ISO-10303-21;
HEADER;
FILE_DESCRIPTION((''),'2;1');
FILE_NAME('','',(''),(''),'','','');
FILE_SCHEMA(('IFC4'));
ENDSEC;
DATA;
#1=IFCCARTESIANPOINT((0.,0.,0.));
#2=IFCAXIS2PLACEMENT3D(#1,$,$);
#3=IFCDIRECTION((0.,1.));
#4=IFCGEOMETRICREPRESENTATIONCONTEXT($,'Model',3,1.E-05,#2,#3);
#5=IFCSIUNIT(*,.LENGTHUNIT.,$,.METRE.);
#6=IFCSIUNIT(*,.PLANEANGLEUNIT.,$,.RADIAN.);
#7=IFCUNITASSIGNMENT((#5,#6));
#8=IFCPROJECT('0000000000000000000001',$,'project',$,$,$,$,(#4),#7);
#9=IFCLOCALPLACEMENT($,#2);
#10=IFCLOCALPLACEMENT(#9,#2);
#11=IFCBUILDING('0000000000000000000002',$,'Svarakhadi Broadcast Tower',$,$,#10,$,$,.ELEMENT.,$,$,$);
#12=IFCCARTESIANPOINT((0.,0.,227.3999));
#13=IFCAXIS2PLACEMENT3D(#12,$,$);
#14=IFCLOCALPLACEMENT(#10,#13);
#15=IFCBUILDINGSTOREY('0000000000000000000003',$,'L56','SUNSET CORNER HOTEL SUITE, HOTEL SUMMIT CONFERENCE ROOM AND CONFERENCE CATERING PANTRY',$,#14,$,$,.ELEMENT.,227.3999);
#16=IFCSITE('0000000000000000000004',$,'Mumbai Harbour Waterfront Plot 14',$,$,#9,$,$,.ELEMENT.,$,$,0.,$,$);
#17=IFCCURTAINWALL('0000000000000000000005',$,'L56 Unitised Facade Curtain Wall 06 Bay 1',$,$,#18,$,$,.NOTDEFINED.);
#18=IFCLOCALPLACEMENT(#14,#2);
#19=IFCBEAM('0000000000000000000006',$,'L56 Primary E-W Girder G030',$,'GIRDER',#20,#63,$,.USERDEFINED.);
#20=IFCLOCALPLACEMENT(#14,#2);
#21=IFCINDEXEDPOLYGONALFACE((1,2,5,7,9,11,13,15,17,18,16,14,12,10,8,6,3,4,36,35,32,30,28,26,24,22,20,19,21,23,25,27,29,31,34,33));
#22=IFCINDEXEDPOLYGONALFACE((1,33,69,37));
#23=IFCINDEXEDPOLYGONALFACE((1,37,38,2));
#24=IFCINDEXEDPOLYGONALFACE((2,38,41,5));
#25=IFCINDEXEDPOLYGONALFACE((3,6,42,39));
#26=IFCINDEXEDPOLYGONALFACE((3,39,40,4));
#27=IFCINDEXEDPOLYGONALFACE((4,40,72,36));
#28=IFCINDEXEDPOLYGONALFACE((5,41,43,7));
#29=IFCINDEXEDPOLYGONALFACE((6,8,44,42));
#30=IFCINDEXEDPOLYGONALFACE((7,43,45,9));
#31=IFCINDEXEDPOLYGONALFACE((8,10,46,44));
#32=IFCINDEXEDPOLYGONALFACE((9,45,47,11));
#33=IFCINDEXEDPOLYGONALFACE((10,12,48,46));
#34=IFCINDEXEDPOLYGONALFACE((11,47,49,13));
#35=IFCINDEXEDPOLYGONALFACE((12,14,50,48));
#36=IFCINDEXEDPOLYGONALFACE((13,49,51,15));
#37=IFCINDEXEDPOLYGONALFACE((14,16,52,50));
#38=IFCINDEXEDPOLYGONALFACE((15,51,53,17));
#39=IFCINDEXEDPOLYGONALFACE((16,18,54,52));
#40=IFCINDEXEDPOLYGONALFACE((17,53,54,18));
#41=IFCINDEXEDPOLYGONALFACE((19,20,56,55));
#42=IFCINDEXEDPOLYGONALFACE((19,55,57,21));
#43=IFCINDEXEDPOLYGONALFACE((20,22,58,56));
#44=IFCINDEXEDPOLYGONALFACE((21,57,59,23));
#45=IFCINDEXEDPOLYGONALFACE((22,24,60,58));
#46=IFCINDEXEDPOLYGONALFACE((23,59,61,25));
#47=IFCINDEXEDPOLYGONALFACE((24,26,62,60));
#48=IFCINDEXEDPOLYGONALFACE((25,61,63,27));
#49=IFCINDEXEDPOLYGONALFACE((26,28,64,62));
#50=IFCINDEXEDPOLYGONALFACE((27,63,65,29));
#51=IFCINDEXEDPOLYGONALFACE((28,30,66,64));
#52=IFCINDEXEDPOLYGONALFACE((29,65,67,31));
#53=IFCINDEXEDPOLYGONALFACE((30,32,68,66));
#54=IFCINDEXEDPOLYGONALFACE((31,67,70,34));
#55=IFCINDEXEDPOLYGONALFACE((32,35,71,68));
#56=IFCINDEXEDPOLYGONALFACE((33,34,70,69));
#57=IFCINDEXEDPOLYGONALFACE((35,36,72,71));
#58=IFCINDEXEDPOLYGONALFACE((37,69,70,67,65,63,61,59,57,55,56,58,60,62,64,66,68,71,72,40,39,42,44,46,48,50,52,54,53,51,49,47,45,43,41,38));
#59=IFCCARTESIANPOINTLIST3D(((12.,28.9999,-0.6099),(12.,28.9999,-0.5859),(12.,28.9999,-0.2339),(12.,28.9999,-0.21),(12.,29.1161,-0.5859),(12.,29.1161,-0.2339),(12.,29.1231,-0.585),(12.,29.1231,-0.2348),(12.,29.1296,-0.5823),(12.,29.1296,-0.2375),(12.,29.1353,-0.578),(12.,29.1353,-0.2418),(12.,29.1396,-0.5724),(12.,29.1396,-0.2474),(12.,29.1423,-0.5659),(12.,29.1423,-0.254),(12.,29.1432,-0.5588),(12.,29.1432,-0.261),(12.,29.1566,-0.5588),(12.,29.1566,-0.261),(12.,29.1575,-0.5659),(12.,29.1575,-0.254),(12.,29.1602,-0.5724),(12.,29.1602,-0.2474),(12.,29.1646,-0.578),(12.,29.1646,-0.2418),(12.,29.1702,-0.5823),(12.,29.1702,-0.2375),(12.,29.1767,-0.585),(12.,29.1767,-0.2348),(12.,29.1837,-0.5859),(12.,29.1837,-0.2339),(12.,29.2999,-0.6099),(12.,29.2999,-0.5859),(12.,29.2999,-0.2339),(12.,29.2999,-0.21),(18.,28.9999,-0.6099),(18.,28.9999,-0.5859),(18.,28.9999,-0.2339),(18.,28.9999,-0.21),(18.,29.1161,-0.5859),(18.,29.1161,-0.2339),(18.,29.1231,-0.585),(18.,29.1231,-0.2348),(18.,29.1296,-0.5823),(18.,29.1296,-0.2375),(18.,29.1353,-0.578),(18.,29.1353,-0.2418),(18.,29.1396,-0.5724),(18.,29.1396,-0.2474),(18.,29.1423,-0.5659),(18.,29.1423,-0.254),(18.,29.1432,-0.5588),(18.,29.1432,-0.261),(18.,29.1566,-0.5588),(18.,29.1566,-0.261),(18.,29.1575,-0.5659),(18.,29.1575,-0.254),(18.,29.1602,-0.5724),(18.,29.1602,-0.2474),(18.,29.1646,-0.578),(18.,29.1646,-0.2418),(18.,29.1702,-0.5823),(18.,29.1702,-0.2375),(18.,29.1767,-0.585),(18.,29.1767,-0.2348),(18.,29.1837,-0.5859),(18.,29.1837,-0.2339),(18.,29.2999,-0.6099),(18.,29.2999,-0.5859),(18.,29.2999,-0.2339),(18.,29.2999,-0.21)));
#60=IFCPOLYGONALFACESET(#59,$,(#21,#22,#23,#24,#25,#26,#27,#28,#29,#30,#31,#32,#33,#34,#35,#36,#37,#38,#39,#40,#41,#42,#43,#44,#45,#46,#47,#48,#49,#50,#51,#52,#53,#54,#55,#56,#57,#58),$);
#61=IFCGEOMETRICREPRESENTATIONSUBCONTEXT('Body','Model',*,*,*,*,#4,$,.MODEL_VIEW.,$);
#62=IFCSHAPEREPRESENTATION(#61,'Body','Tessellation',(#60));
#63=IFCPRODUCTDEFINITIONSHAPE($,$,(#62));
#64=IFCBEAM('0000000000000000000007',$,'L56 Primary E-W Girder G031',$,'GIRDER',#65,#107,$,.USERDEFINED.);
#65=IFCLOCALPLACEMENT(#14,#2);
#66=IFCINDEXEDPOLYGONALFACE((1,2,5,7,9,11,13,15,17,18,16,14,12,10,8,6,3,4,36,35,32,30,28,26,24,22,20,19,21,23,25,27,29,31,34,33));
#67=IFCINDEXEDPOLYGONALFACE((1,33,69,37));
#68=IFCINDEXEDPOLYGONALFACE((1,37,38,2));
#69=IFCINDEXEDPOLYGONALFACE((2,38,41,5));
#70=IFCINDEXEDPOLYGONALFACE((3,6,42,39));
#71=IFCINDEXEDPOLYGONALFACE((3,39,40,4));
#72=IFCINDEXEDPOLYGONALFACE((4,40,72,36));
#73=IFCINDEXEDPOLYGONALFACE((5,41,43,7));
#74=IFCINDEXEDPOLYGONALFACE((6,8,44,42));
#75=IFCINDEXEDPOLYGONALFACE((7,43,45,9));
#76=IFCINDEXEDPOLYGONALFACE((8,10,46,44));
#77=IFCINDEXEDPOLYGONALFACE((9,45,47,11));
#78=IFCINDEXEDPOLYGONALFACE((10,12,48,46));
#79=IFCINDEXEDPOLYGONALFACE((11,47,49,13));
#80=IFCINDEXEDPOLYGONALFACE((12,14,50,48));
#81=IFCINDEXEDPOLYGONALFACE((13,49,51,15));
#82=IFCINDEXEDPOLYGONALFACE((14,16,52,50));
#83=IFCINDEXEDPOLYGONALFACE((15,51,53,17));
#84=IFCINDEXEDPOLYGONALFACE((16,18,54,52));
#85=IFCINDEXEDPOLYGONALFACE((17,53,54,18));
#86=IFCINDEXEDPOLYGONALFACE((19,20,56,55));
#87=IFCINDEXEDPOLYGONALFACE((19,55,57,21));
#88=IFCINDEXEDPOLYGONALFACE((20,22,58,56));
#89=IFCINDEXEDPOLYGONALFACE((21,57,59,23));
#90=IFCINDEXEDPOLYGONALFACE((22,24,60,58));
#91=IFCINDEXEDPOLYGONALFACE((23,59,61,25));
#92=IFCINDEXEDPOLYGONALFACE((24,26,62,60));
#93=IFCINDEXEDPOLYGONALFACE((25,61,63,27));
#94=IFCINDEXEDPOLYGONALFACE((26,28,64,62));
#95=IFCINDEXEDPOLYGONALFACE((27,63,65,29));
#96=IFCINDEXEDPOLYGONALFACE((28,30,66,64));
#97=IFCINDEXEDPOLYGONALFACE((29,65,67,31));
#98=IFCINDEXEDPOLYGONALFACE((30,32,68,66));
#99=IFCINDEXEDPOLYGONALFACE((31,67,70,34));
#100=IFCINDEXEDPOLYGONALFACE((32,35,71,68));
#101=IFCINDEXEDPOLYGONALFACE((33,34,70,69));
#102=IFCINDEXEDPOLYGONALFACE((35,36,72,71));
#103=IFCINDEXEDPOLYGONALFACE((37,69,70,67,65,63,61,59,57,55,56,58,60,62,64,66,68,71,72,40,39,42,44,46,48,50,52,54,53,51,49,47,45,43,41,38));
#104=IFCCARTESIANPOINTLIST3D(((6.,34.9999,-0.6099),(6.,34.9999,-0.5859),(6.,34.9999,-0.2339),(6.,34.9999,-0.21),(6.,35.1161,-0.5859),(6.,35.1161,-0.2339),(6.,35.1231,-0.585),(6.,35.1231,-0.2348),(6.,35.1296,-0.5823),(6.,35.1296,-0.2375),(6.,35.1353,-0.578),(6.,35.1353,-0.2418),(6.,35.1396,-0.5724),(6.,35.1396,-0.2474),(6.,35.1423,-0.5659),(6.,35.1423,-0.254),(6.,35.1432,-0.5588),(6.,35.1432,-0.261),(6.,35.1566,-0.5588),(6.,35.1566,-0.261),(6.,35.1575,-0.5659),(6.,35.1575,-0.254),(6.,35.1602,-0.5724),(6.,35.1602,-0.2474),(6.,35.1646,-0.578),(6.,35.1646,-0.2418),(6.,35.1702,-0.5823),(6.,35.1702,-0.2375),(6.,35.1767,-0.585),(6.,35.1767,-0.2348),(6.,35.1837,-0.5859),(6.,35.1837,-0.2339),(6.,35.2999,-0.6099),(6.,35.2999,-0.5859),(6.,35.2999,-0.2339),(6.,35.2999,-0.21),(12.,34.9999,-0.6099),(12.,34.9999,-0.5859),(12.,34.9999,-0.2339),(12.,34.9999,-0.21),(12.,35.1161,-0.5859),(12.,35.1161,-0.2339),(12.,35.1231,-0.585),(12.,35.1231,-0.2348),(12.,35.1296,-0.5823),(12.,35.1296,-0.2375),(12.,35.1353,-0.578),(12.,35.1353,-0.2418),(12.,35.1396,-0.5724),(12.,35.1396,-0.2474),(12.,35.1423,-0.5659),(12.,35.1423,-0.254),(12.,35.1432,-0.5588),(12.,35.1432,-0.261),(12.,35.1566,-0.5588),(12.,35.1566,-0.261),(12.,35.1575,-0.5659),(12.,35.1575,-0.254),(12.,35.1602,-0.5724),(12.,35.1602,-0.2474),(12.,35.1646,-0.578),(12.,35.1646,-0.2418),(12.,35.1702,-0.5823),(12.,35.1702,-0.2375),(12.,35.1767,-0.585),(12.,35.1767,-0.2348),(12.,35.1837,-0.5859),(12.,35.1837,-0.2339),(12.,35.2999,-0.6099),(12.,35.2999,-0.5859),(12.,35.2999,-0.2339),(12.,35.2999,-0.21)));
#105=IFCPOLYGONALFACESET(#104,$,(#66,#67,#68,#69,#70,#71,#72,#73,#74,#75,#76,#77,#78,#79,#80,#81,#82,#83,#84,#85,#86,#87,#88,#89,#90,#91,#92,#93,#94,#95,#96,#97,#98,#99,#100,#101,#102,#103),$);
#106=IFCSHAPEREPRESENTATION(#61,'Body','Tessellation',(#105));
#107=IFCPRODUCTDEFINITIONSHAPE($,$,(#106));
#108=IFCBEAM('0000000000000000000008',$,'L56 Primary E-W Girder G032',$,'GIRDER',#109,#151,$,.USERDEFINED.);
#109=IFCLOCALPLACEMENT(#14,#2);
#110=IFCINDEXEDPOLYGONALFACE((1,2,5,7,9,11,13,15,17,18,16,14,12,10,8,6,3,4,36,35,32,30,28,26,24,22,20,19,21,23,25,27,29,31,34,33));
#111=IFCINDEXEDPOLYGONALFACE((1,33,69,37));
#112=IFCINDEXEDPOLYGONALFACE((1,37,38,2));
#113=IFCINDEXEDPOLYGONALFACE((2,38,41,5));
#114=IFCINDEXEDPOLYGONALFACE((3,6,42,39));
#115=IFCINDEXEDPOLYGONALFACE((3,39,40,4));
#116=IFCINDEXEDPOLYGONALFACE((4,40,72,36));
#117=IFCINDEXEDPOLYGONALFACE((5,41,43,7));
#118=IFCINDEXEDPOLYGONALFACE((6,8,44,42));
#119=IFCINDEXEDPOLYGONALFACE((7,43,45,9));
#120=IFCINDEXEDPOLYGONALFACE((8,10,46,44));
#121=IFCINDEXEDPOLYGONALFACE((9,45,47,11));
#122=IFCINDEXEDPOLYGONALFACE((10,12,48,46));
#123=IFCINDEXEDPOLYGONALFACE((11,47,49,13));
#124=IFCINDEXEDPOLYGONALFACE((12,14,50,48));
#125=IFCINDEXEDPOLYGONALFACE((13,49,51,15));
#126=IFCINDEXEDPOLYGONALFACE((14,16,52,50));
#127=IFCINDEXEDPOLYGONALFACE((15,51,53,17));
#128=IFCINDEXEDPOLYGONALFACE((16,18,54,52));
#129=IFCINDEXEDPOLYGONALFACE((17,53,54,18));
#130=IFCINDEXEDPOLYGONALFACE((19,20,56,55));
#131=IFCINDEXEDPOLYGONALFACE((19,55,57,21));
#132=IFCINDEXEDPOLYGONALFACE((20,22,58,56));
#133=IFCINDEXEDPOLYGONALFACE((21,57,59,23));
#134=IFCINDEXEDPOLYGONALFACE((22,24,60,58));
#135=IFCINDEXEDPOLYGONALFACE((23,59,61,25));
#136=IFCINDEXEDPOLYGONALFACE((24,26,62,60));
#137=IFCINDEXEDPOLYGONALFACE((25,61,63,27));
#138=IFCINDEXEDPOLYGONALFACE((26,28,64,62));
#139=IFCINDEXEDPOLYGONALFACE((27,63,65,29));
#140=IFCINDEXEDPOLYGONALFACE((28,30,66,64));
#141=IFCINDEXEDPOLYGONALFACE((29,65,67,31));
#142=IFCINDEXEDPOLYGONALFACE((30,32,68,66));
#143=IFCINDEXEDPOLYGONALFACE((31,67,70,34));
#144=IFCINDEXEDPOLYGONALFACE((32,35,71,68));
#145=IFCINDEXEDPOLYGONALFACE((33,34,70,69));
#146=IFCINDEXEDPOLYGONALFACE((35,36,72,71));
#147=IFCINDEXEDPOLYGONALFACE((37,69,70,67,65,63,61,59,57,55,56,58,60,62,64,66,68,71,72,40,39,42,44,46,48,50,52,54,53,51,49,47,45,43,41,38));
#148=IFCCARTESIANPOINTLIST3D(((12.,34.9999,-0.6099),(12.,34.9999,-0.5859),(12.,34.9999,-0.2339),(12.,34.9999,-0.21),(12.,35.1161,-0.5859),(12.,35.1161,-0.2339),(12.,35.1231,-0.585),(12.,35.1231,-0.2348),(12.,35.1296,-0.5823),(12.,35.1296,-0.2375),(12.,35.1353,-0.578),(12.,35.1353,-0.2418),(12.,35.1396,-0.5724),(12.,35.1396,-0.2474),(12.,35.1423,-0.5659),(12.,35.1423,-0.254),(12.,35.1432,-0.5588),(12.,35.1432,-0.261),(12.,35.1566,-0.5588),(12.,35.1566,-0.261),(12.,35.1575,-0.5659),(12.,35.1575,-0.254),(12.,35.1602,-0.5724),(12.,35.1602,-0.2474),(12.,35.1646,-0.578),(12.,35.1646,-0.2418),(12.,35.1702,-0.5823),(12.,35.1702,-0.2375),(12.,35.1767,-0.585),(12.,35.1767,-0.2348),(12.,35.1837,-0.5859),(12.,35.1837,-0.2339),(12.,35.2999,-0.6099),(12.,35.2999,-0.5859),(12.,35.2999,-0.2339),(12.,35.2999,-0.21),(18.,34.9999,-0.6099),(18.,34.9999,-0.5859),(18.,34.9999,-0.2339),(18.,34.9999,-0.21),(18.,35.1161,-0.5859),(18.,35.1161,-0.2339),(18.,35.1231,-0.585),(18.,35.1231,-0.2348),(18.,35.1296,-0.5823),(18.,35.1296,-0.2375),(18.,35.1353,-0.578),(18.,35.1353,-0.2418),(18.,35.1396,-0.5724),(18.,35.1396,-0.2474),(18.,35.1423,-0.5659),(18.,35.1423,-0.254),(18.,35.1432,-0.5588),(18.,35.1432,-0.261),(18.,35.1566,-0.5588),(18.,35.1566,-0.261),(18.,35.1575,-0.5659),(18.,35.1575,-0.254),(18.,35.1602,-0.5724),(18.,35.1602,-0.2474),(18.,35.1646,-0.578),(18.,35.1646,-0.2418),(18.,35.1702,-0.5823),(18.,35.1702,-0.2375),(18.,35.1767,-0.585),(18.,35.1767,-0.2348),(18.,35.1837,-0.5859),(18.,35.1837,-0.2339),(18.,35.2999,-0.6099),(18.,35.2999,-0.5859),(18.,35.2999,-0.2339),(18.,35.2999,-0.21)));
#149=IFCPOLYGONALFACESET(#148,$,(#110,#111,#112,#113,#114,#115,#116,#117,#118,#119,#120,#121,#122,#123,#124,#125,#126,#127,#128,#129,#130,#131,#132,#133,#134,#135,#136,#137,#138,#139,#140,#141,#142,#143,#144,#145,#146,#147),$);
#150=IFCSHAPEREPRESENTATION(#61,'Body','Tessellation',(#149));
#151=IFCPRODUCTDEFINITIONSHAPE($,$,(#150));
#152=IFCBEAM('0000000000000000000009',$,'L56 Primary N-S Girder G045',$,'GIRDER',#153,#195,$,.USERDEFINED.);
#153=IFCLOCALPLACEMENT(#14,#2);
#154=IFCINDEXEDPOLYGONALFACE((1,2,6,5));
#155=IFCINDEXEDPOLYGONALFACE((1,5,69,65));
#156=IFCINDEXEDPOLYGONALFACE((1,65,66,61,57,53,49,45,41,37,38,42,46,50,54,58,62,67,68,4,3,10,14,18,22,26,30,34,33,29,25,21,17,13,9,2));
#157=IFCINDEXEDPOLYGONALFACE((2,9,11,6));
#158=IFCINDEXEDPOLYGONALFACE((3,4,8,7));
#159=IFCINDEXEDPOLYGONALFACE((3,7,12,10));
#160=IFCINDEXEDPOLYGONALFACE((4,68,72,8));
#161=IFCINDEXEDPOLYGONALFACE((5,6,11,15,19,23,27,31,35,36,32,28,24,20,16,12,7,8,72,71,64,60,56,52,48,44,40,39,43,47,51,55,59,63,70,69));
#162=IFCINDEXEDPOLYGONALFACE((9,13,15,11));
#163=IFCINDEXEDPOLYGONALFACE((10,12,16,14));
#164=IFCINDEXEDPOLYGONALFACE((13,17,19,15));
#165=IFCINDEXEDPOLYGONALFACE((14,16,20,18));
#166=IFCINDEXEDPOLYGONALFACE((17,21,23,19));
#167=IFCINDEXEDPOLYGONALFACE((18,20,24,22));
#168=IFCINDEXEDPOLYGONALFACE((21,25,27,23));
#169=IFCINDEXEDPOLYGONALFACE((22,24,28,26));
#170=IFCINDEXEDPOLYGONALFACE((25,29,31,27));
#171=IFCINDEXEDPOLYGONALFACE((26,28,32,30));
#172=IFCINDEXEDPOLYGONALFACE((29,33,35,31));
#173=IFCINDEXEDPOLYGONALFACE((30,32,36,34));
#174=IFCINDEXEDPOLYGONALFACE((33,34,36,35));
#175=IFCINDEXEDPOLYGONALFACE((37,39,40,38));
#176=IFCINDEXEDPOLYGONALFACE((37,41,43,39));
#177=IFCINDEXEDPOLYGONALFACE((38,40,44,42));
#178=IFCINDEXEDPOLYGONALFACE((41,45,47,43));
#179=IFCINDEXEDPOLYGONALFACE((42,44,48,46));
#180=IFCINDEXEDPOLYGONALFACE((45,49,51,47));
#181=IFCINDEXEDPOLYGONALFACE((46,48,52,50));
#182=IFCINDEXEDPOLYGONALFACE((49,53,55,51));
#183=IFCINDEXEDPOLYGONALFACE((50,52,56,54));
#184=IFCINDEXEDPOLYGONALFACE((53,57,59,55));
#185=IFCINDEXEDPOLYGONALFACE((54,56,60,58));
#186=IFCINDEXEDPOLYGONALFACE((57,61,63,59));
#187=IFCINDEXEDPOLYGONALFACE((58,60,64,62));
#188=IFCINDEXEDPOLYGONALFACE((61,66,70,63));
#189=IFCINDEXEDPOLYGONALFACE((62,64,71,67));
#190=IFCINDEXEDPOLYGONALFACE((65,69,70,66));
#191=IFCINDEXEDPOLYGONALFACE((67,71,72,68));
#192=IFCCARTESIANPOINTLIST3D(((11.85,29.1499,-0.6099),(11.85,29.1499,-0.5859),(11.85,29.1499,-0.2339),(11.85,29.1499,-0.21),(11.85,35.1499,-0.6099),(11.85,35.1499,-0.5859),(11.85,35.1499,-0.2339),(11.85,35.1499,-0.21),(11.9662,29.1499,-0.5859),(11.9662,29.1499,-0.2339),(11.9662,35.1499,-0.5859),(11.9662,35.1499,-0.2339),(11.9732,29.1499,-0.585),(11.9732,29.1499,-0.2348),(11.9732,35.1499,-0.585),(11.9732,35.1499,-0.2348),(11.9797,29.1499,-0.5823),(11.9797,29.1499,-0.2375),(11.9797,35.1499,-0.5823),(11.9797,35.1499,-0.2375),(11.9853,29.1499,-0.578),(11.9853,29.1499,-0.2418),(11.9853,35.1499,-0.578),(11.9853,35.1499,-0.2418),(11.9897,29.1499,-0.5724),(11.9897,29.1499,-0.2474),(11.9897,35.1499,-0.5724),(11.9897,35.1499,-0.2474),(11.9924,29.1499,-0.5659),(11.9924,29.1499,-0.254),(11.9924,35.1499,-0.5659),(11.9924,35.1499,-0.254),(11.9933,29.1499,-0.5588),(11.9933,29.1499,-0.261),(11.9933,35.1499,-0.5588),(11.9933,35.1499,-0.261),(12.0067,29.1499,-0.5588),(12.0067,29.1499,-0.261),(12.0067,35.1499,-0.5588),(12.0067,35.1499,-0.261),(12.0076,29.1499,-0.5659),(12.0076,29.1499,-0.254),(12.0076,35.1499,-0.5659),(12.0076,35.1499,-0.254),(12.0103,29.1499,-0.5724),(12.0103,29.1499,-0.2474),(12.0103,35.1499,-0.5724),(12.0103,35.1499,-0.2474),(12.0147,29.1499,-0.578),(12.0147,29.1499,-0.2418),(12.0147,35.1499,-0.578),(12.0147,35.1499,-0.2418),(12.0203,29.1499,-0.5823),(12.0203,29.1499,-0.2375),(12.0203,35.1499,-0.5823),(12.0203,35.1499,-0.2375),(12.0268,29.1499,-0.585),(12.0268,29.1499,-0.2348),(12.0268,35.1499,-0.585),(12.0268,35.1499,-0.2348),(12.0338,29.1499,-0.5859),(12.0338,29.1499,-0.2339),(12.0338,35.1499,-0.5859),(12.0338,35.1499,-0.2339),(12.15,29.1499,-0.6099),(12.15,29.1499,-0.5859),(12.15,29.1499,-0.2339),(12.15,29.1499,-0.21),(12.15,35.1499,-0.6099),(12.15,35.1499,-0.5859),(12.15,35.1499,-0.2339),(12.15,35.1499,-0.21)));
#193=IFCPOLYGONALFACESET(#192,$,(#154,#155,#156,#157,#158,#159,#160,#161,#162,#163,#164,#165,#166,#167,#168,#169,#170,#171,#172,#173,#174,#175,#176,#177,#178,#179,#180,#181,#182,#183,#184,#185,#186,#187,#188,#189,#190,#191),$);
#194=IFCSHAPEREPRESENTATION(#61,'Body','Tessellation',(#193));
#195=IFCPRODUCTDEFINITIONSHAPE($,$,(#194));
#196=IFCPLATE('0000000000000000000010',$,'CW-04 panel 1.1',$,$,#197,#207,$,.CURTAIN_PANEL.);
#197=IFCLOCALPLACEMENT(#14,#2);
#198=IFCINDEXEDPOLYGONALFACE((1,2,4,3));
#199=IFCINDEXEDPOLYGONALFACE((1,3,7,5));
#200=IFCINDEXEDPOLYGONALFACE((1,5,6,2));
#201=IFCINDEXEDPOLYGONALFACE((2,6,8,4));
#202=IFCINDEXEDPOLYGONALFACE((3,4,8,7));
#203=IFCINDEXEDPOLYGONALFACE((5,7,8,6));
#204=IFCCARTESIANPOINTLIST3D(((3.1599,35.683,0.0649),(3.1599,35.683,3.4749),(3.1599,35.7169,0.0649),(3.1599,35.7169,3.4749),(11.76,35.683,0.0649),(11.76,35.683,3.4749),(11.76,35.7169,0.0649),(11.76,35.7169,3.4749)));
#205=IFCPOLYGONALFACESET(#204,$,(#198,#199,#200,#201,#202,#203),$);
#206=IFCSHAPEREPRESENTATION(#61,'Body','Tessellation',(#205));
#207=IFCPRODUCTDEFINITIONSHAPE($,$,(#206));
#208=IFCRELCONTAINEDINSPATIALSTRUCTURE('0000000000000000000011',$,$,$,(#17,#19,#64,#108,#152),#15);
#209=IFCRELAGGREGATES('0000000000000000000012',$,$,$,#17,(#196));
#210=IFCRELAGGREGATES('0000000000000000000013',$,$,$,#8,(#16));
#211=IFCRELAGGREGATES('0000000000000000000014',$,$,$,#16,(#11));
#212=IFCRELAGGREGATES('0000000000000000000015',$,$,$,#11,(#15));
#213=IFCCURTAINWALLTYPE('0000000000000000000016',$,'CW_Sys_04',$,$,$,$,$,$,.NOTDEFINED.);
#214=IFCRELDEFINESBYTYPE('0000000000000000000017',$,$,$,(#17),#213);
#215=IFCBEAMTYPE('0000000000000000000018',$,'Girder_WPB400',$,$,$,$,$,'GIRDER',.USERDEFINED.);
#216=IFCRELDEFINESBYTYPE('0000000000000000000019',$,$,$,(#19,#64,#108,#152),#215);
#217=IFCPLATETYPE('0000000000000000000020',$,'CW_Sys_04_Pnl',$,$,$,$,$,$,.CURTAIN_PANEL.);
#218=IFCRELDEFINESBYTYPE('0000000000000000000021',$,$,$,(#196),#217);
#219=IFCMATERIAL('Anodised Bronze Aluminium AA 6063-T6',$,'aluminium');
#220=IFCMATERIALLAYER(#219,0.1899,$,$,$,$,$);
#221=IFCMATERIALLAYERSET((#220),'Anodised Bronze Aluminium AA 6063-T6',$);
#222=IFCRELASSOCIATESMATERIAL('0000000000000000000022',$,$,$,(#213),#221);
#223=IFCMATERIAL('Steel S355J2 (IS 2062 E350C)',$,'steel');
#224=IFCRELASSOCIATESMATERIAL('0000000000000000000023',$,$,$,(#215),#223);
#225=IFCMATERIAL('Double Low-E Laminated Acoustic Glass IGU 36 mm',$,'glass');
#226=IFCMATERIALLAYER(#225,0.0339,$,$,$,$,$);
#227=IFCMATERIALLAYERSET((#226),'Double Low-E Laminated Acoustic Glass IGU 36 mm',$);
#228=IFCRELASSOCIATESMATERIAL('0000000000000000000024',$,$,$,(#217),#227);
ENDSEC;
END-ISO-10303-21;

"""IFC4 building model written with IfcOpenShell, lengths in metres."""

from ifc_helpers import new_model, si_unit, direction, frame, origin, origin_2d, place, context, subcontext, project, spatial, rectangle, i_section, extrude, material, layer, layer_set, material_profile, profile_set, type_object, element, aggregate, save


model = new_model("IFC4")

# Units and contexts
model_context = context("Model", 3, precision=1e-05, world=origin(), true_north=direction((0.0, 1.0)))
body_context = subcontext(model_context, "Body", "Model", "MODEL_VIEW")
ifc_project = project(units=[si_unit("LENGTHUNIT", "METRE"), si_unit("PLANEANGLEUNIT", "RADIAN")], contexts=[model_context])

# Site, building, storey
site_placement = place(None, origin())
site = spatial("IfcSite", under=ifc_project, at=site_placement, Name="Mumbai Harbour Waterfront Plot 14", CompositionType="ELEMENT", RefElevation=0.0)
building_placement = place(site_placement, origin())
building = spatial("IfcBuilding", under=site, at=building_placement, Name="Svarakhadi Broadcast Tower", CompositionType="ELEMENT")
storey_placement = place(building_placement, frame((0.0, 0.0, 227.3999)))
storey = spatial("IfcBuildingStorey", under=building, at=storey_placement, Name="L56", Description="SUNSET CORNER HOTEL SUITE, HOTEL SUMMIT CONFERENCE ROOM AND CONFERENCE CATERING PANTRY", CompositionType="ELEMENT", Elevation=227.3999)

# Shared definitions
ifc_material_1 = material(Name="Steel S355J2 (IS 2062 E350C)", Category="steel")

# Curtain wall
ifc_material_2 = material(Name="Anodised Bronze Aluminium AA 6063-T6", Category="aluminium")
ifc_layer_1 = layer(ifc_material_2, 0.1899)
ifc_layer_set_1 = layer_set([ifc_layer_1], Name="Anodised Bronze Aluminium AA 6063-T6")
curtain_wall_type = type_object("IfcCurtainWallType", Name="CW_Sys_04", PredefinedType="NOTDEFINED", material=ifc_layer_set_1)
curtain_wall_1_placement = place(storey_placement, origin())
curtain_wall_1 = element("IfcCurtainWall", 1, at=curtain_wall_1_placement, inside=storey, type_object=curtain_wall_type, Name="L56 Unitised Facade Curtain Wall 06 Bay 1", PredefinedType="NOTDEFINED")

# Beams
ifc_material_profile_1 = material_profile(ifc_material_1, i_section(OverallWidth=0.3, OverallDepth=0.3999, WebThickness=0.0134, FlangeThickness=0.0239, FilletRadius=0.0271, at=origin_2d()), Name="WPB 400x300x155")
ifc_profile_set_1 = profile_set([ifc_material_profile_1], Name="Steel S355J2 (IS 2062 E350C)")
beam_type_1 = type_object("IfcBeamType", Name="Girder_WPB400", ElementType="GIRDER", PredefinedType="USERDEFINED", material=ifc_profile_set_1)
for number, where, z_axis, x_axis, name in (
    (2, (12.0, 29.1499, -0.4099), (1.0, 0.0, 0.0), (0.0, 1.0, 0.0), "L56 Primary E-W Girder G030"),
    (3, (6.0, 35.1499, -0.4099), (1.0, 0.0, 0.0), (0.0, 1.0, 0.0), "L56 Primary E-W Girder G031"),
    (4, (12.0, 35.1499, -0.4099), (1.0, 0.0, 0.0), (0.0, 1.0, 0.0), "L56 Primary E-W Girder G032"),
    (5, (12.0, 29.1499, -0.4099), (0.0, 1.0, 0.0), (-1.0, 0.0, 0.0), "L56 Primary N-S Girder G045"),
):
    element("IfcBeam", number, at=place(storey_placement, frame(where, z_axis=z_axis, x_axis=x_axis)), inside=storey, type_object=beam_type_1, Name=name, ObjectType="GIRDER", PredefinedType="USERDEFINED", context=body_context, shape_type="SweptSolid", body=[
        extrude(i_section(OverallWidth=0.3, OverallDepth=0.3999, WebThickness=0.0134, FlangeThickness=0.0239, FilletRadius=0.0271, at=origin_2d()), origin(), (0.0, 0.0, 1.0), 6.0),
    ])

# Plate
ifc_material_3 = material(Name="Double Low-E Laminated Acoustic Glass IGU 36 mm", Category="glass")
ifc_layer_2 = layer(ifc_material_3, 0.0339)
ifc_layer_set_2 = layer_set([ifc_layer_2], Name="Double Low-E Laminated Acoustic Glass IGU 36 mm")
plate_type_1 = type_object("IfcPlateType", Name="CW_Sys_04_Pnl", PredefinedType="CURTAIN_PANEL", material=ifc_layer_set_2)
plate_1_placement = place(storey_placement, frame((7.46, 35.7, 0.0649), z_axis=(0.0, 0.0, 1.0), x_axis=(1.0, 0.0, 0.0)))
plate_1 = element("IfcPlate", 6, at=plate_1_placement, type_object=plate_type_1, Name="CW-04 panel 1.1", PredefinedType="CURTAIN_PANEL", context=body_context, shape_type="SweptSolid", body=[
    extrude(rectangle(XDim=8.6001, YDim=0.0339, at=origin_2d()), origin(), (0.0, 0.0, 1.0), 3.4099),
])
aggregate(curtain_wall_1, [plate_1])

save(model, "model.ifc")
